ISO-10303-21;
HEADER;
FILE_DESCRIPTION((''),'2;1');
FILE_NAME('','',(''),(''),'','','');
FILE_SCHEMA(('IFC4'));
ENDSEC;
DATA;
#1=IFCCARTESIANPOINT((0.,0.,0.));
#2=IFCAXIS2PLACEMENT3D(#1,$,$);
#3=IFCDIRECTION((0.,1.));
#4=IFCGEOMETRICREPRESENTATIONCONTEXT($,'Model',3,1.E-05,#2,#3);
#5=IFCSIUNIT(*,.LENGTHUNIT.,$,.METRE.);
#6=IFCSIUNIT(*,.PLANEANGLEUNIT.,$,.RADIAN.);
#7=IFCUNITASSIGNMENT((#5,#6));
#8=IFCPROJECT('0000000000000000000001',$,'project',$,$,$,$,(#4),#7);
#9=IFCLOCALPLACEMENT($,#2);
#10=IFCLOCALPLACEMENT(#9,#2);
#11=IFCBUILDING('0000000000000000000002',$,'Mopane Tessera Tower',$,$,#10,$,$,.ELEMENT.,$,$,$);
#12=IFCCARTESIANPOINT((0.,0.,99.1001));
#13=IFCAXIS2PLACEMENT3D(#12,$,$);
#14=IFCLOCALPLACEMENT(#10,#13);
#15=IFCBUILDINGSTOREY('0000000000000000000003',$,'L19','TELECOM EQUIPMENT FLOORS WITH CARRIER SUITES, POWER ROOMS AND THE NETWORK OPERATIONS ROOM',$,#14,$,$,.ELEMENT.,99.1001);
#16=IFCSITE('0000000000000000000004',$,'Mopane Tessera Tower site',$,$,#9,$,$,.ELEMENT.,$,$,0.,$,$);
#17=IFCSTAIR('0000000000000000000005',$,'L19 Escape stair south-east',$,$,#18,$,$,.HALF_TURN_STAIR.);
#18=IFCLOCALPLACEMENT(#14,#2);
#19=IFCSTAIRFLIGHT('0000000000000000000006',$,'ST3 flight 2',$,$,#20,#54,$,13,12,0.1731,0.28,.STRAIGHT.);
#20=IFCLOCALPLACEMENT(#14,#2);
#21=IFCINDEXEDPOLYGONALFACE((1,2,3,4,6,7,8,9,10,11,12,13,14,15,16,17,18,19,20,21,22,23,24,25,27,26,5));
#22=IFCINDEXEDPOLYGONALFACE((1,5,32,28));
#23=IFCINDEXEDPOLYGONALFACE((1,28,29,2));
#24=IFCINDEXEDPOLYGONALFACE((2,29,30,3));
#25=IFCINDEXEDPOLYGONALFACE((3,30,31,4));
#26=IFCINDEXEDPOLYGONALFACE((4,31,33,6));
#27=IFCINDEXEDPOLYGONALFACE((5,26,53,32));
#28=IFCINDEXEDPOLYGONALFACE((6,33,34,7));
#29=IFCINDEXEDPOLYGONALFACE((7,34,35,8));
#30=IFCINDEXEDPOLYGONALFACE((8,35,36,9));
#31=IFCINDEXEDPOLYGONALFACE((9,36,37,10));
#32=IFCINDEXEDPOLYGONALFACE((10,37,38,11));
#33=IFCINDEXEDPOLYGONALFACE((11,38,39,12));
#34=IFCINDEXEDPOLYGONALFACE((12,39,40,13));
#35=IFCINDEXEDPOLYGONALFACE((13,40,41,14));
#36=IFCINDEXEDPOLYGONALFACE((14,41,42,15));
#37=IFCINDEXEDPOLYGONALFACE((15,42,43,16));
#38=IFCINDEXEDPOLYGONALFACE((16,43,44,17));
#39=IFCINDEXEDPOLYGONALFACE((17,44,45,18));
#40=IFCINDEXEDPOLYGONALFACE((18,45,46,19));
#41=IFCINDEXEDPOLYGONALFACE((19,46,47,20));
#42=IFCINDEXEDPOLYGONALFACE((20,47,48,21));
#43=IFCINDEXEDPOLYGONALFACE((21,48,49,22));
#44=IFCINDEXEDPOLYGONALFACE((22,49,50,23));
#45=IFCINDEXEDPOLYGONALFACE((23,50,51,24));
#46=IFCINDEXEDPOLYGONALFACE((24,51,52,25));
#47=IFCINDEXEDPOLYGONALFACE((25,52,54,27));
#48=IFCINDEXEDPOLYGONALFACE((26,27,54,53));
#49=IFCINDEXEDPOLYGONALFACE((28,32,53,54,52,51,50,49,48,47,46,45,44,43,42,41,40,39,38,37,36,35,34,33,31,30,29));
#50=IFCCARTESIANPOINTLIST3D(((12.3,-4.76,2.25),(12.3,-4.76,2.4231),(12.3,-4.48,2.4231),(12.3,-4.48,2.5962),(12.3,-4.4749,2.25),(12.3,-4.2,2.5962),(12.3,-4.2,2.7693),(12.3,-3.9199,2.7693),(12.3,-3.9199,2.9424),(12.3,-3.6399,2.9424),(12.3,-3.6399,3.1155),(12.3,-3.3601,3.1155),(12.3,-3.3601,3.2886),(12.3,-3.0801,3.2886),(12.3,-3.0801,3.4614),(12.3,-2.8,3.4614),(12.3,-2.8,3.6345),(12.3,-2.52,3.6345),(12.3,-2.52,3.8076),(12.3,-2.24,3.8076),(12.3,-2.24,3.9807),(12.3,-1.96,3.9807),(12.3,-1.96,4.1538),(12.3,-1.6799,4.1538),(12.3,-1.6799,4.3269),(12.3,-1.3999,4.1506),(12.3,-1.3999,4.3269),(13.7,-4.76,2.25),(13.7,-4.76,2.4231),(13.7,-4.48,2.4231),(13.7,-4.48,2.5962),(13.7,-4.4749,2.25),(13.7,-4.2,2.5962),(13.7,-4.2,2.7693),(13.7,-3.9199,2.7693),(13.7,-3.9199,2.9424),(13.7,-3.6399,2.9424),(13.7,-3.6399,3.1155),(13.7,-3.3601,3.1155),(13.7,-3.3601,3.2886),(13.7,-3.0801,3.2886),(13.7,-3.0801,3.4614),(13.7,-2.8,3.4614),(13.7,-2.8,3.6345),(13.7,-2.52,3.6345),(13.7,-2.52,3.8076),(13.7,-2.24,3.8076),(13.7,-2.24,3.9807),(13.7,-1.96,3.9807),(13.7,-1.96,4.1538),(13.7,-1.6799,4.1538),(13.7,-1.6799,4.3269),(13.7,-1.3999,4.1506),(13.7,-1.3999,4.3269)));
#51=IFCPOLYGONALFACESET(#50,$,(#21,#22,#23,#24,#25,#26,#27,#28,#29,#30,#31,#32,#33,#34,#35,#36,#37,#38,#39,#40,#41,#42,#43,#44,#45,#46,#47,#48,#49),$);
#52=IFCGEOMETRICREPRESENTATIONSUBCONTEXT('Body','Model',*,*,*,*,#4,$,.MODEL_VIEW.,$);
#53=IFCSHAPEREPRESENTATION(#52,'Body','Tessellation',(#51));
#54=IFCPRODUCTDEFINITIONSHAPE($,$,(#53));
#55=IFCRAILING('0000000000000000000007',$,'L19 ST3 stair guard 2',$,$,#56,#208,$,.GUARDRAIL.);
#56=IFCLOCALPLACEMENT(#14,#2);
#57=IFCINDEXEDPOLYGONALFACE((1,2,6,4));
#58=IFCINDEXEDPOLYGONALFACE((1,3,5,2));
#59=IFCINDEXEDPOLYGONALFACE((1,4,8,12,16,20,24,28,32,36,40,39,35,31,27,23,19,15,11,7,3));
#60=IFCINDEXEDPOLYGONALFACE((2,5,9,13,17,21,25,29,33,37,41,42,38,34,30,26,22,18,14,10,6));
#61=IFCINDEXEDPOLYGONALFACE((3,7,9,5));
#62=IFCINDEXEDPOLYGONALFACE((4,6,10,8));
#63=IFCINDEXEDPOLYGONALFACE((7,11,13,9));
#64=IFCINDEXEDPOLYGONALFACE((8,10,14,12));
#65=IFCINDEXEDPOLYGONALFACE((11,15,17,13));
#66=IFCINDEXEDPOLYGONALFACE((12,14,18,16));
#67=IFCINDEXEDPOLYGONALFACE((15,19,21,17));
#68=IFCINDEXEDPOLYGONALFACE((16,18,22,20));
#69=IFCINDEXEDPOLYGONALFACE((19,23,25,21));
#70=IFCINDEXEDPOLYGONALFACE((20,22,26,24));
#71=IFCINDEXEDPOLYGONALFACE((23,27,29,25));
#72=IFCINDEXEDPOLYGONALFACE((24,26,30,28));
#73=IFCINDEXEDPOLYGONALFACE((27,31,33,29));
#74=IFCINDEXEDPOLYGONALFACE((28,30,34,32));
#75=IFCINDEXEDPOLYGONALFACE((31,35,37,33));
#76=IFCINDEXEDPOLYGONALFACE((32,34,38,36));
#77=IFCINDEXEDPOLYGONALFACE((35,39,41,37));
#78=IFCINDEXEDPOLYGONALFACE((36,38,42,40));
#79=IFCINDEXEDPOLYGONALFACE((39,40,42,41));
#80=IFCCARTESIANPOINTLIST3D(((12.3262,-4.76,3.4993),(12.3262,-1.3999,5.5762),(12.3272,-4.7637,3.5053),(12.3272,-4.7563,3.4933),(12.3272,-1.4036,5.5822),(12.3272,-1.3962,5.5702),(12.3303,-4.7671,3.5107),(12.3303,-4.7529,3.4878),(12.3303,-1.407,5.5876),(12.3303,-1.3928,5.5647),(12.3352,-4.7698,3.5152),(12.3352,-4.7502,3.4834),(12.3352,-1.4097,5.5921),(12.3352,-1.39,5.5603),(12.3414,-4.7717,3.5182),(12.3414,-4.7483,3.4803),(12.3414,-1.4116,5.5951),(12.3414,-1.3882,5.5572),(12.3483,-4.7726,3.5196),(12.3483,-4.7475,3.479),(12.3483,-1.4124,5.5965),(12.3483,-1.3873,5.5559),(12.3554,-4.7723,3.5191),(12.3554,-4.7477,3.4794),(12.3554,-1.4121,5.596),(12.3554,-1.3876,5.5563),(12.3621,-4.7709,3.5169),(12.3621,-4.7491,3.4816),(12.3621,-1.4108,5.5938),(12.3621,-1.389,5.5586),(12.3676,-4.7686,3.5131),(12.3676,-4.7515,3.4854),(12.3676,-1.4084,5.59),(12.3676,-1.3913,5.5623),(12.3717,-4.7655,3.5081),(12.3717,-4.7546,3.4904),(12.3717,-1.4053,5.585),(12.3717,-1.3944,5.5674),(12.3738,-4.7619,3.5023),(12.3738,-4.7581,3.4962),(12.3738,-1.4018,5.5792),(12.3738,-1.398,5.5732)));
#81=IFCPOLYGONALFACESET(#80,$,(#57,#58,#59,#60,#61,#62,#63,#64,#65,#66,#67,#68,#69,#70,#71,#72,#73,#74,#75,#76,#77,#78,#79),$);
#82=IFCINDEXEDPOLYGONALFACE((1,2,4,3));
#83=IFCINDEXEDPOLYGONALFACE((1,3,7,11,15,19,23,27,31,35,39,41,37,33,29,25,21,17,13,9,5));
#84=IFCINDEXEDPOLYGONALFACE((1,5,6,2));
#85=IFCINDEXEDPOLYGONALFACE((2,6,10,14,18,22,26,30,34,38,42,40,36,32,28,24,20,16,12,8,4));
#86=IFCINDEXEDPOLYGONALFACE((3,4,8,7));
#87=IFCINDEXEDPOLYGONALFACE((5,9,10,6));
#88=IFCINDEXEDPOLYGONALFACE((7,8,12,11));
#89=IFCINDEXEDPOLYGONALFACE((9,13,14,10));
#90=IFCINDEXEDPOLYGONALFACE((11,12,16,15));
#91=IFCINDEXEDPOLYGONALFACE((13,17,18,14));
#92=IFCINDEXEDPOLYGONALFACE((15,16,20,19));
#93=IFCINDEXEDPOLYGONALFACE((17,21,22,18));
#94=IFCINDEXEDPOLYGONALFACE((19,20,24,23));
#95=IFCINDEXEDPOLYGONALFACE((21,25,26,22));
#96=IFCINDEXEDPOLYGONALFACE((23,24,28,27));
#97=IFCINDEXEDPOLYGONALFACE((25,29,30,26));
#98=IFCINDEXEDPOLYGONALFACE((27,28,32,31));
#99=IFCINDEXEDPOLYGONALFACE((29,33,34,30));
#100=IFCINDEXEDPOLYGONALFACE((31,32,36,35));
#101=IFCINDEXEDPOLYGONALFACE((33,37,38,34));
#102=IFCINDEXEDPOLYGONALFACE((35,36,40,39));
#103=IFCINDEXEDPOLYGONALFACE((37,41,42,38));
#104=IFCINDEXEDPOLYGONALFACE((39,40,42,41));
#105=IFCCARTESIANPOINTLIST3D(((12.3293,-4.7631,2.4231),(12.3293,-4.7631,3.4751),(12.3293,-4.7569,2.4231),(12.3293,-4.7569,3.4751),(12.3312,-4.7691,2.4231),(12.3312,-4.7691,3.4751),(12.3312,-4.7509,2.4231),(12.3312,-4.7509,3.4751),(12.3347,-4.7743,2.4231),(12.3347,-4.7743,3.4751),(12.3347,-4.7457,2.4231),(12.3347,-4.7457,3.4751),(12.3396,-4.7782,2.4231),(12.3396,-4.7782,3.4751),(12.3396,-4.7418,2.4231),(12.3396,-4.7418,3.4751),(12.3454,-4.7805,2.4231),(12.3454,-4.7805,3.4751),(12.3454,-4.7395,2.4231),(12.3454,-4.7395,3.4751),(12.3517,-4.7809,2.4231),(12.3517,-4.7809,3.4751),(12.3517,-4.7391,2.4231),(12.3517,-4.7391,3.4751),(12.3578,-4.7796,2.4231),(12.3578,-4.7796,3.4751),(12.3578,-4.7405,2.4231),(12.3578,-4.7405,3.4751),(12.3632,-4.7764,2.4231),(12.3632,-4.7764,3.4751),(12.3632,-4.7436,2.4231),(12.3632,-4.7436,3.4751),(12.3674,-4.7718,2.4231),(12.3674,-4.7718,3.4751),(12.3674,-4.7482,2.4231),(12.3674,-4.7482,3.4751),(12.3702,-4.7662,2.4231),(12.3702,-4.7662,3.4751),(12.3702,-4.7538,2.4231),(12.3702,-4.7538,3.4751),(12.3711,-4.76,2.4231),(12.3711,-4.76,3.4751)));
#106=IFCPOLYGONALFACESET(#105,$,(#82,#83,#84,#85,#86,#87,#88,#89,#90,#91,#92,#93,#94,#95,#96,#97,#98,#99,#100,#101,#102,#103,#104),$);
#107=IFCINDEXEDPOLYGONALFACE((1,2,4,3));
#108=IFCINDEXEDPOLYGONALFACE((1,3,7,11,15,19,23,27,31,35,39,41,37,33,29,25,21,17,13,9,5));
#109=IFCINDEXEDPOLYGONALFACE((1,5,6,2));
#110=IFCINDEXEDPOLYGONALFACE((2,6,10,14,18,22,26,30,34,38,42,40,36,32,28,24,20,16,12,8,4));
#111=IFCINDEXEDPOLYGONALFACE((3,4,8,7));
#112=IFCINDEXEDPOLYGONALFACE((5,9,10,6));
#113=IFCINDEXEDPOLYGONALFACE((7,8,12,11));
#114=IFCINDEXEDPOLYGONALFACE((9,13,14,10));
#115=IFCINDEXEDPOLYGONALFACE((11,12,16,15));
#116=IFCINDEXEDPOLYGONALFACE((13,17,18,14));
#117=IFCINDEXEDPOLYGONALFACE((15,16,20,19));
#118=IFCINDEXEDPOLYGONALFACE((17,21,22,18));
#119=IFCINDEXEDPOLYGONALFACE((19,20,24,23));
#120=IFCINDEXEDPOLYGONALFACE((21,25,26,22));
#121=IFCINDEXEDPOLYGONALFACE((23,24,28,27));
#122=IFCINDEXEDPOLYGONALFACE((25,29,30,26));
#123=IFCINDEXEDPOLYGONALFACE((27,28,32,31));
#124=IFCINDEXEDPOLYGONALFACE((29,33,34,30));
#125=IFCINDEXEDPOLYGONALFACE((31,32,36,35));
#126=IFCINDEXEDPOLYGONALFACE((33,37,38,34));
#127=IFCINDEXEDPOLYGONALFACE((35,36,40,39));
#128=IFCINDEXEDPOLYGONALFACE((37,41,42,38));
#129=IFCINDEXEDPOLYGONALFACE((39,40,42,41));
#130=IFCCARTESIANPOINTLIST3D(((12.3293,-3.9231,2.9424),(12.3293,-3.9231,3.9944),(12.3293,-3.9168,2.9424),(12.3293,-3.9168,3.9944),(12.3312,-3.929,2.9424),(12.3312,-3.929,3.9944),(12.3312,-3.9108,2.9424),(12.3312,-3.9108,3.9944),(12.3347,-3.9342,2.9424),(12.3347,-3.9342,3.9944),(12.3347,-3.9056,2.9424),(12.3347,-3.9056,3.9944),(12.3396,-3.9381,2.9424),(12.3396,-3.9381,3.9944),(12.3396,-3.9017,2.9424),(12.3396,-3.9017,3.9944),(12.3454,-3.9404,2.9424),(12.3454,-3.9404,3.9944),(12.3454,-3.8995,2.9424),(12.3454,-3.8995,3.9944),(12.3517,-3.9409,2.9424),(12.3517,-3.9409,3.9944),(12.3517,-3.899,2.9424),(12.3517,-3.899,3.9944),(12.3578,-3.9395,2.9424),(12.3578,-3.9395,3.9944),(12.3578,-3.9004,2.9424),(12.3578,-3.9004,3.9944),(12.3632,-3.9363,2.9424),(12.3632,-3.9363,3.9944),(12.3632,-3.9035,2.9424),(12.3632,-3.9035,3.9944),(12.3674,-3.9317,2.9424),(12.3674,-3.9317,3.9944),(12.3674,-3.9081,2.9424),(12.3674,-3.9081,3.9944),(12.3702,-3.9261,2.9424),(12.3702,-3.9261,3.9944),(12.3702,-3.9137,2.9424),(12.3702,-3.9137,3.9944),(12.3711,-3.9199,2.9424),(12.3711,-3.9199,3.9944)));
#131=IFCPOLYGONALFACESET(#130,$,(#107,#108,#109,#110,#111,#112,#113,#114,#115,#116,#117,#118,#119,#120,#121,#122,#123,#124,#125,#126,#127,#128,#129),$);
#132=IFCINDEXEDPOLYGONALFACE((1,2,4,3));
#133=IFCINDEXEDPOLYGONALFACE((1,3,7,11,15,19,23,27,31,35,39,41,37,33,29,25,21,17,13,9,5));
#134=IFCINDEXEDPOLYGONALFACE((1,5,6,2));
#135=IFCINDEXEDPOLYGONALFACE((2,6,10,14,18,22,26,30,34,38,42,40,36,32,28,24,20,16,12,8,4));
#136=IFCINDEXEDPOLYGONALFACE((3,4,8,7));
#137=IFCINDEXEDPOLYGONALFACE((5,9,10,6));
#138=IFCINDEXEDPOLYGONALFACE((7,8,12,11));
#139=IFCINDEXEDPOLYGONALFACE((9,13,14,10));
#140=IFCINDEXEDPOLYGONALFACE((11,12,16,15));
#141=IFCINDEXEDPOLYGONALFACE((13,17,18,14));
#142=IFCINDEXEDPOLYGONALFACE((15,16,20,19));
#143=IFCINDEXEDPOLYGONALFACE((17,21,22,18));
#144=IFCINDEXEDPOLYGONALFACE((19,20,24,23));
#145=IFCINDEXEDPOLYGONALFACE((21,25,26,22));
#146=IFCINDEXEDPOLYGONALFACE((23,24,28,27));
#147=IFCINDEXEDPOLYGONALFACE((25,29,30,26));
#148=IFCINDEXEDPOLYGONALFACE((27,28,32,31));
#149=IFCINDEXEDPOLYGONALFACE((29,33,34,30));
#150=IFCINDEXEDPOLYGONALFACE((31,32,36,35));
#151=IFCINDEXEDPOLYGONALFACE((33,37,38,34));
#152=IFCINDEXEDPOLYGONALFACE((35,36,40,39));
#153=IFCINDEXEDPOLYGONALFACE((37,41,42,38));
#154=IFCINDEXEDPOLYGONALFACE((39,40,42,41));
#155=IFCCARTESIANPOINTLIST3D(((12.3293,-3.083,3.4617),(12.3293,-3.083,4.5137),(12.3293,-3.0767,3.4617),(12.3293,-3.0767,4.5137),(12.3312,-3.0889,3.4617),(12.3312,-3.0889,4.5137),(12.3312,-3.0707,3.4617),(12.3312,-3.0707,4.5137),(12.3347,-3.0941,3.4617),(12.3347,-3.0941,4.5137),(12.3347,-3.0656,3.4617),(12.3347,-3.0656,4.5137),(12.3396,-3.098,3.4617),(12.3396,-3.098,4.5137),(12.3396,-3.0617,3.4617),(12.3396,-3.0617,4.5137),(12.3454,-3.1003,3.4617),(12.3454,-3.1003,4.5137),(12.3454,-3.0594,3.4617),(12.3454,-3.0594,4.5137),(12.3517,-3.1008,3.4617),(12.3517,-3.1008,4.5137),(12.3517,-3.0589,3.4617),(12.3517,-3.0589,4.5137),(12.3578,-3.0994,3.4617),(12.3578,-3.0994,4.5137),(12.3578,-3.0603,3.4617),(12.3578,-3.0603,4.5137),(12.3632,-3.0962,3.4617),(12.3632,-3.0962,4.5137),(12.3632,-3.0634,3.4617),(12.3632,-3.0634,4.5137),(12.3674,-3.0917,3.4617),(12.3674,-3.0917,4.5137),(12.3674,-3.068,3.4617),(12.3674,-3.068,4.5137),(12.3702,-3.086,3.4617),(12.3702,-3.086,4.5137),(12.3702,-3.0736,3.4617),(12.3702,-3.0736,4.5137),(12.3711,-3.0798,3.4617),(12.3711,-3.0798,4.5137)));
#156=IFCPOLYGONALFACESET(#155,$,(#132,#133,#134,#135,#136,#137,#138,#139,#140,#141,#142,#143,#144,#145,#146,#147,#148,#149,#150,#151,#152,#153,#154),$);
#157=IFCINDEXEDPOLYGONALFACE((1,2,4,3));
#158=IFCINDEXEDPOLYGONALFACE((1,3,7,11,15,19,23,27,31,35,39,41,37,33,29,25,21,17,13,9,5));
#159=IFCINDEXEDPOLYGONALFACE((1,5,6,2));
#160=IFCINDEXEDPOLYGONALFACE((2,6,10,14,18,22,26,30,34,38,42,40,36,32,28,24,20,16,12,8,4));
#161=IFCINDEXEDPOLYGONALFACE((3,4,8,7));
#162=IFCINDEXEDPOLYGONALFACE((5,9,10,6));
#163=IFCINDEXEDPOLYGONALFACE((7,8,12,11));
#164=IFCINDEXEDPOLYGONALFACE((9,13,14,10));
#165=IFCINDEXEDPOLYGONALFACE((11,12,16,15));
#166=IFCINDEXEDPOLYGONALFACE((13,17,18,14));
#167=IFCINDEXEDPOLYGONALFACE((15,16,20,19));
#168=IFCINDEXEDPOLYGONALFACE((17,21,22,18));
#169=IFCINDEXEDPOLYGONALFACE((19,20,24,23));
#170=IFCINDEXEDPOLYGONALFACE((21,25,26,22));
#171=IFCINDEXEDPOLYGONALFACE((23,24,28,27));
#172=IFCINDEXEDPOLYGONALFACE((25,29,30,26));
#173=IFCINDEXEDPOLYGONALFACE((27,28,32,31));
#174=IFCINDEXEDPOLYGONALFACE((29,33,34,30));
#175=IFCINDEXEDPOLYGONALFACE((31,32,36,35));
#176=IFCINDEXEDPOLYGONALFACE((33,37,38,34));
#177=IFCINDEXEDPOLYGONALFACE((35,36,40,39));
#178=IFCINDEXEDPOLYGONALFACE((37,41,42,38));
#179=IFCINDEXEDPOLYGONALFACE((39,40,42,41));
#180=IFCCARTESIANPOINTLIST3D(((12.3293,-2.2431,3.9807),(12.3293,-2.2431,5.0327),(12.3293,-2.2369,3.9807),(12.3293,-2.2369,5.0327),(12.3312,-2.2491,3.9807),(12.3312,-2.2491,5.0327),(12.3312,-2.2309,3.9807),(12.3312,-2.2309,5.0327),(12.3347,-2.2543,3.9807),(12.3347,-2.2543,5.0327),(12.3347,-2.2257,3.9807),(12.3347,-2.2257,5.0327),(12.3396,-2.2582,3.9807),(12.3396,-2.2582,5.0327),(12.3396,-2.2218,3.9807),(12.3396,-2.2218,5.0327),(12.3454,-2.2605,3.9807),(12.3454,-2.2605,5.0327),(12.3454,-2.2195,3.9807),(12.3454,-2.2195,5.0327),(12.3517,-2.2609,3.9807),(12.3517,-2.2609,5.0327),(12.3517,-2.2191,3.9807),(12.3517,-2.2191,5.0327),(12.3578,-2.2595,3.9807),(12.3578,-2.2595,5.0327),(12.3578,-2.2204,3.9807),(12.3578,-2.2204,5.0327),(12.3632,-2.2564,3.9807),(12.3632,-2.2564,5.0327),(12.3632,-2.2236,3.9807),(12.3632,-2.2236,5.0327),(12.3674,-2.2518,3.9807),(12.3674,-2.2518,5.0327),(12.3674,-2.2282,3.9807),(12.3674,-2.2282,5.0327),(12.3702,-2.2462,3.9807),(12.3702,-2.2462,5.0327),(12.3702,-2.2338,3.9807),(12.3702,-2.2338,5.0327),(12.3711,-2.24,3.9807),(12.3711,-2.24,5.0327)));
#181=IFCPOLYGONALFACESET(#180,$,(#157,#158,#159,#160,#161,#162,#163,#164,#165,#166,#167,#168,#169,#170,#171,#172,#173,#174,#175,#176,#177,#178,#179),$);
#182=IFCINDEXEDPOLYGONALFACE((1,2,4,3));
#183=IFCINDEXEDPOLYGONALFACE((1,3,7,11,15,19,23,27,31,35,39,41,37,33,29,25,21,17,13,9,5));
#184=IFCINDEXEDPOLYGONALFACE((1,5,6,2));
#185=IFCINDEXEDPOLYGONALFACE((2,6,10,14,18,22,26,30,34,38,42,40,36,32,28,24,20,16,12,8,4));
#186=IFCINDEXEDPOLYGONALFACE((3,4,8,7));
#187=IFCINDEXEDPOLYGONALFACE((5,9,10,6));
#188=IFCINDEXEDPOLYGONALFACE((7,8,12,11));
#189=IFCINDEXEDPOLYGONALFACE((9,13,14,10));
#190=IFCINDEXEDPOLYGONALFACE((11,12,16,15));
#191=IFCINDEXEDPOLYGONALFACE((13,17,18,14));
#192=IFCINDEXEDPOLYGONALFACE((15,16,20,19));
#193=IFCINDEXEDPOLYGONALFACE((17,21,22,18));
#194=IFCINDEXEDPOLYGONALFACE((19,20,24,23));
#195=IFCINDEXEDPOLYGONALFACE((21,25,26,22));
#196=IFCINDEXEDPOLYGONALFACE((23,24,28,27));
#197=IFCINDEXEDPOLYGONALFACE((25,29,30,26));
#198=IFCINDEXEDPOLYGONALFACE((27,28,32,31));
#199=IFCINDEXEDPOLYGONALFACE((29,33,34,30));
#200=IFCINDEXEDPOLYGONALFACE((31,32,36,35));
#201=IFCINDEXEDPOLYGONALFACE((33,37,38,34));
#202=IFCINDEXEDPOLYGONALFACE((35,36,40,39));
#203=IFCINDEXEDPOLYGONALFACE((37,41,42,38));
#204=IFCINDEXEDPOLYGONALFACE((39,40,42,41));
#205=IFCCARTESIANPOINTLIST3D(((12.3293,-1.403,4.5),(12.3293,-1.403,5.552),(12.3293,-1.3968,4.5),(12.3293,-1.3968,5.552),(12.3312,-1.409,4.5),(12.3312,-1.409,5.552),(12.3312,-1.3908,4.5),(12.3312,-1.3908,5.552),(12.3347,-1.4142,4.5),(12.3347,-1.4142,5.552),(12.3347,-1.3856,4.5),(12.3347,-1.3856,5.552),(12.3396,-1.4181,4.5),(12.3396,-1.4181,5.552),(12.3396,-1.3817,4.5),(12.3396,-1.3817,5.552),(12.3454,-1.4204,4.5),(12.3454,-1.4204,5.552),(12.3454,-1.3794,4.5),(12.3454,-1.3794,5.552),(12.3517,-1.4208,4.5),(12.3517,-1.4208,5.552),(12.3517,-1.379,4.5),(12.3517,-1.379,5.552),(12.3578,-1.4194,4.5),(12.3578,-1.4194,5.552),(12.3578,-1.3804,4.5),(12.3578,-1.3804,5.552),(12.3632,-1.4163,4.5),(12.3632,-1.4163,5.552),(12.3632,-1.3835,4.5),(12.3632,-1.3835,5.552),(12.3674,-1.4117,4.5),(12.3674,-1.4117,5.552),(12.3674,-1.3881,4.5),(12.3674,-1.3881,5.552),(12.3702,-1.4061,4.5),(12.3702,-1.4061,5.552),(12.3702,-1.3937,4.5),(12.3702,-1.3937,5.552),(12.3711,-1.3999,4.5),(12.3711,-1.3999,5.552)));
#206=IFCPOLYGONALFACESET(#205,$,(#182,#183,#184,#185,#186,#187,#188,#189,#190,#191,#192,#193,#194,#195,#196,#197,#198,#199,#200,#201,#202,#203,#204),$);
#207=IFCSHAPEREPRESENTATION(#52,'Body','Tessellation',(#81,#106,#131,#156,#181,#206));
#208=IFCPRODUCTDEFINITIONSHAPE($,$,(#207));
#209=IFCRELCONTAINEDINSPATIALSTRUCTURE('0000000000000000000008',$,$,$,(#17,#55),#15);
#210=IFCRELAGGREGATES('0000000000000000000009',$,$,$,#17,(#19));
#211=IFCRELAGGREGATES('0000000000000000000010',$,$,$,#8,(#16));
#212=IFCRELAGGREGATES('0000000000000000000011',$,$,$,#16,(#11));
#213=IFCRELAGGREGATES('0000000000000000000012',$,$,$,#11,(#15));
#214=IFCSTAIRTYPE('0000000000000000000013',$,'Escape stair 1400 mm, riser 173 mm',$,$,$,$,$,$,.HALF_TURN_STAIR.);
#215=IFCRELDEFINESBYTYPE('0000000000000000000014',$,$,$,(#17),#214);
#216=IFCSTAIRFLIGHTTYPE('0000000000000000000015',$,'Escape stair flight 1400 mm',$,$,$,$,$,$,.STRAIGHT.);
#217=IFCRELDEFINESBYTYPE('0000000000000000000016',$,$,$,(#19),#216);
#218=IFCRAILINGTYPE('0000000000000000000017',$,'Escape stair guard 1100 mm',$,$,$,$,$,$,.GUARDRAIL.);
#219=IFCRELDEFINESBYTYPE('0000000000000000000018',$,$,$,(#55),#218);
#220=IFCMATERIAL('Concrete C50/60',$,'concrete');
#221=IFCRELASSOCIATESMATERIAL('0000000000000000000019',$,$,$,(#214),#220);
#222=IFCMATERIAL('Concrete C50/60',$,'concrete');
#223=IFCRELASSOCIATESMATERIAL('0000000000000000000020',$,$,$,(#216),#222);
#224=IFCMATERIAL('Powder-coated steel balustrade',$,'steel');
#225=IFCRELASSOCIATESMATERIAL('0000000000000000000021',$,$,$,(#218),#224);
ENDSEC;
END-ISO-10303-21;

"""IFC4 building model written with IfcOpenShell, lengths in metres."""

from ifc_helpers import new_model, si_unit, direction, frame, origin, origin_2d, place, context, subcontext, project, spatial, polyline, circle, outline, extrude, material, type_object, element, aggregate, save


model = new_model("IFC4")

# Units and contexts
model_context = context("Model", 3, precision=1e-05, world=origin(), true_north=direction((0.0, 1.0)))
body_context = subcontext(model_context, "Body", "Model", "MODEL_VIEW")
ifc_project = project(units=[si_unit("LENGTHUNIT", "METRE"), si_unit("PLANEANGLEUNIT", "RADIAN")], contexts=[model_context])

# Site, building, storey
site_placement = place(None, origin())
site = spatial("IfcSite", under=ifc_project, at=site_placement, Name="Mopane Tessera Tower site", CompositionType="ELEMENT", RefElevation=0.0)
building_placement = place(site_placement, origin())
building = spatial("IfcBuilding", under=site, at=building_placement, Name="Mopane Tessera Tower", CompositionType="ELEMENT")
storey_placement = place(building_placement, frame((0.0, 0.0, 99.1001)))
storey = spatial("IfcBuildingStorey", under=building, at=storey_placement, Name="L19", Description="TELECOM EQUIPMENT FLOORS WITH CARRIER SUITES, POWER ROOMS AND THE NETWORK OPERATIONS ROOM", CompositionType="ELEMENT", Elevation=99.1001)

# Stair, stair flight
ifc_material_1 = material(Name="Concrete C50/60", Category="concrete")
stair_type = type_object("IfcStairType", Name="Escape stair 1400 mm, riser 173 mm", PredefinedType="HALF_TURN_STAIR", material=ifc_material_1)
stair_placement = place(storey_placement, origin())
stair = element("IfcStair", 1, at=stair_placement, inside=storey, type_object=stair_type, Name="L19 Escape stair south-east", PredefinedType="HALF_TURN_STAIR")
ifc_material_2 = material(Name="Concrete C50/60", Category="concrete")
stair_flight_type = type_object("IfcStairFlightType", Name="Escape stair flight 1400 mm", PredefinedType="STRAIGHT", material=ifc_material_2)
stair_flight_1_placement = place(storey_placement, frame((13.0, -4.76, 2.25), z_axis=(0.0, 0.0, 1.0), x_axis=(0.0, 1.0, 0.0)))
stair_flight_1 = element("IfcStairFlight", 2, at=stair_flight_1_placement, type_object=stair_flight_type, Name="ST3 flight 2", NumberOfRisers=13, NumberOfTreads=12, PredefinedType="STRAIGHT", RiserHeight=0.1731, TreadLength=0.28, context=body_context, shape_type="SweptSolid", body=[
    extrude(outline(polyline([(0.0, 0.0), (0.0, 0.1731), (0.28, 0.1731), (0.28, 0.3462), (0.5601, 0.3462), (0.5601, 0.5193), (0.8401, 0.5193), (0.8401, 0.6924), (1.1201, 0.6924), (1.1201, 0.8655), (1.3999, 0.8655), (1.3999, 1.0386), (1.6799, 1.0386), (1.6799, 1.2114), (1.96, 1.2114), (1.96, 1.3845), (2.24, 1.3845), (2.24, 1.5576), (2.52, 1.5576), (2.52, 1.7307), (2.8, 1.7307), (2.8, 1.9038), (3.0801, 1.9038), (3.0801, 2.0769), (3.3601, 2.0769), (3.3601, 2.25), (3.3601, 1.9006), (0.2852, 0.0), (0.0, 0.0)])), frame((0.0, 0.7, 0.0), z_axis=(0.0, -1.0, 0.0), x_axis=(1.0, 0.0, 0.0)), (0.0, 0.0, 1.0), 1.3999),
])
aggregate(stair, [stair_flight_1])

# Railing
ifc_material_3 = material(Name="Powder-coated steel balustrade", Category="steel")
railing_type_1 = type_object("IfcRailingType", Name="Escape stair guard 1100 mm", PredefinedType="GUARDRAIL", material=ifc_material_3)
railing_1_placement = place(storey_placement, frame((12.3501, -4.76, 2.4231)))
element("IfcRailing", 3, at=railing_1_placement, inside=storey, type_object=railing_type_1, Name="L19 ST3 stair guard 2", PredefinedType="GUARDRAIL", context=body_context, shape_type="SweptSolid", body=[
    extrude(circle(Radius=0.0239, at=origin_2d()), frame((0.0, 0.0, 1.0762), z_axis=(0.0, 0.850623, 0.525776), x_axis=(-1.0, 0.0, 0.0)), (0.0, 0.0, 1.0), 3.9502),
    extrude(circle(Radius=0.021, at=origin_2d()), origin(), (0.0, 0.0, 1.0), 1.052),
    extrude(circle(Radius=0.021, at=origin_2d()), frame((0.0, 0.8401, 0.5193)), (0.0, 0.0, 1.0), 1.052),
    extrude(circle(Radius=0.021, at=origin_2d()), frame((0.0, 1.6802, 1.0386)), (0.0, 0.0, 1.0), 1.052),
    extrude(circle(Radius=0.021, at=origin_2d()), frame((0.0, 2.52, 1.5576)), (0.0, 0.0, 1.0), 1.052),
    extrude(circle(Radius=0.021, at=origin_2d()), frame((0.0, 3.3601, 2.0769)), (0.0, 0.0, 1.0), 1.052),
])

save(model, "model.ifc")
